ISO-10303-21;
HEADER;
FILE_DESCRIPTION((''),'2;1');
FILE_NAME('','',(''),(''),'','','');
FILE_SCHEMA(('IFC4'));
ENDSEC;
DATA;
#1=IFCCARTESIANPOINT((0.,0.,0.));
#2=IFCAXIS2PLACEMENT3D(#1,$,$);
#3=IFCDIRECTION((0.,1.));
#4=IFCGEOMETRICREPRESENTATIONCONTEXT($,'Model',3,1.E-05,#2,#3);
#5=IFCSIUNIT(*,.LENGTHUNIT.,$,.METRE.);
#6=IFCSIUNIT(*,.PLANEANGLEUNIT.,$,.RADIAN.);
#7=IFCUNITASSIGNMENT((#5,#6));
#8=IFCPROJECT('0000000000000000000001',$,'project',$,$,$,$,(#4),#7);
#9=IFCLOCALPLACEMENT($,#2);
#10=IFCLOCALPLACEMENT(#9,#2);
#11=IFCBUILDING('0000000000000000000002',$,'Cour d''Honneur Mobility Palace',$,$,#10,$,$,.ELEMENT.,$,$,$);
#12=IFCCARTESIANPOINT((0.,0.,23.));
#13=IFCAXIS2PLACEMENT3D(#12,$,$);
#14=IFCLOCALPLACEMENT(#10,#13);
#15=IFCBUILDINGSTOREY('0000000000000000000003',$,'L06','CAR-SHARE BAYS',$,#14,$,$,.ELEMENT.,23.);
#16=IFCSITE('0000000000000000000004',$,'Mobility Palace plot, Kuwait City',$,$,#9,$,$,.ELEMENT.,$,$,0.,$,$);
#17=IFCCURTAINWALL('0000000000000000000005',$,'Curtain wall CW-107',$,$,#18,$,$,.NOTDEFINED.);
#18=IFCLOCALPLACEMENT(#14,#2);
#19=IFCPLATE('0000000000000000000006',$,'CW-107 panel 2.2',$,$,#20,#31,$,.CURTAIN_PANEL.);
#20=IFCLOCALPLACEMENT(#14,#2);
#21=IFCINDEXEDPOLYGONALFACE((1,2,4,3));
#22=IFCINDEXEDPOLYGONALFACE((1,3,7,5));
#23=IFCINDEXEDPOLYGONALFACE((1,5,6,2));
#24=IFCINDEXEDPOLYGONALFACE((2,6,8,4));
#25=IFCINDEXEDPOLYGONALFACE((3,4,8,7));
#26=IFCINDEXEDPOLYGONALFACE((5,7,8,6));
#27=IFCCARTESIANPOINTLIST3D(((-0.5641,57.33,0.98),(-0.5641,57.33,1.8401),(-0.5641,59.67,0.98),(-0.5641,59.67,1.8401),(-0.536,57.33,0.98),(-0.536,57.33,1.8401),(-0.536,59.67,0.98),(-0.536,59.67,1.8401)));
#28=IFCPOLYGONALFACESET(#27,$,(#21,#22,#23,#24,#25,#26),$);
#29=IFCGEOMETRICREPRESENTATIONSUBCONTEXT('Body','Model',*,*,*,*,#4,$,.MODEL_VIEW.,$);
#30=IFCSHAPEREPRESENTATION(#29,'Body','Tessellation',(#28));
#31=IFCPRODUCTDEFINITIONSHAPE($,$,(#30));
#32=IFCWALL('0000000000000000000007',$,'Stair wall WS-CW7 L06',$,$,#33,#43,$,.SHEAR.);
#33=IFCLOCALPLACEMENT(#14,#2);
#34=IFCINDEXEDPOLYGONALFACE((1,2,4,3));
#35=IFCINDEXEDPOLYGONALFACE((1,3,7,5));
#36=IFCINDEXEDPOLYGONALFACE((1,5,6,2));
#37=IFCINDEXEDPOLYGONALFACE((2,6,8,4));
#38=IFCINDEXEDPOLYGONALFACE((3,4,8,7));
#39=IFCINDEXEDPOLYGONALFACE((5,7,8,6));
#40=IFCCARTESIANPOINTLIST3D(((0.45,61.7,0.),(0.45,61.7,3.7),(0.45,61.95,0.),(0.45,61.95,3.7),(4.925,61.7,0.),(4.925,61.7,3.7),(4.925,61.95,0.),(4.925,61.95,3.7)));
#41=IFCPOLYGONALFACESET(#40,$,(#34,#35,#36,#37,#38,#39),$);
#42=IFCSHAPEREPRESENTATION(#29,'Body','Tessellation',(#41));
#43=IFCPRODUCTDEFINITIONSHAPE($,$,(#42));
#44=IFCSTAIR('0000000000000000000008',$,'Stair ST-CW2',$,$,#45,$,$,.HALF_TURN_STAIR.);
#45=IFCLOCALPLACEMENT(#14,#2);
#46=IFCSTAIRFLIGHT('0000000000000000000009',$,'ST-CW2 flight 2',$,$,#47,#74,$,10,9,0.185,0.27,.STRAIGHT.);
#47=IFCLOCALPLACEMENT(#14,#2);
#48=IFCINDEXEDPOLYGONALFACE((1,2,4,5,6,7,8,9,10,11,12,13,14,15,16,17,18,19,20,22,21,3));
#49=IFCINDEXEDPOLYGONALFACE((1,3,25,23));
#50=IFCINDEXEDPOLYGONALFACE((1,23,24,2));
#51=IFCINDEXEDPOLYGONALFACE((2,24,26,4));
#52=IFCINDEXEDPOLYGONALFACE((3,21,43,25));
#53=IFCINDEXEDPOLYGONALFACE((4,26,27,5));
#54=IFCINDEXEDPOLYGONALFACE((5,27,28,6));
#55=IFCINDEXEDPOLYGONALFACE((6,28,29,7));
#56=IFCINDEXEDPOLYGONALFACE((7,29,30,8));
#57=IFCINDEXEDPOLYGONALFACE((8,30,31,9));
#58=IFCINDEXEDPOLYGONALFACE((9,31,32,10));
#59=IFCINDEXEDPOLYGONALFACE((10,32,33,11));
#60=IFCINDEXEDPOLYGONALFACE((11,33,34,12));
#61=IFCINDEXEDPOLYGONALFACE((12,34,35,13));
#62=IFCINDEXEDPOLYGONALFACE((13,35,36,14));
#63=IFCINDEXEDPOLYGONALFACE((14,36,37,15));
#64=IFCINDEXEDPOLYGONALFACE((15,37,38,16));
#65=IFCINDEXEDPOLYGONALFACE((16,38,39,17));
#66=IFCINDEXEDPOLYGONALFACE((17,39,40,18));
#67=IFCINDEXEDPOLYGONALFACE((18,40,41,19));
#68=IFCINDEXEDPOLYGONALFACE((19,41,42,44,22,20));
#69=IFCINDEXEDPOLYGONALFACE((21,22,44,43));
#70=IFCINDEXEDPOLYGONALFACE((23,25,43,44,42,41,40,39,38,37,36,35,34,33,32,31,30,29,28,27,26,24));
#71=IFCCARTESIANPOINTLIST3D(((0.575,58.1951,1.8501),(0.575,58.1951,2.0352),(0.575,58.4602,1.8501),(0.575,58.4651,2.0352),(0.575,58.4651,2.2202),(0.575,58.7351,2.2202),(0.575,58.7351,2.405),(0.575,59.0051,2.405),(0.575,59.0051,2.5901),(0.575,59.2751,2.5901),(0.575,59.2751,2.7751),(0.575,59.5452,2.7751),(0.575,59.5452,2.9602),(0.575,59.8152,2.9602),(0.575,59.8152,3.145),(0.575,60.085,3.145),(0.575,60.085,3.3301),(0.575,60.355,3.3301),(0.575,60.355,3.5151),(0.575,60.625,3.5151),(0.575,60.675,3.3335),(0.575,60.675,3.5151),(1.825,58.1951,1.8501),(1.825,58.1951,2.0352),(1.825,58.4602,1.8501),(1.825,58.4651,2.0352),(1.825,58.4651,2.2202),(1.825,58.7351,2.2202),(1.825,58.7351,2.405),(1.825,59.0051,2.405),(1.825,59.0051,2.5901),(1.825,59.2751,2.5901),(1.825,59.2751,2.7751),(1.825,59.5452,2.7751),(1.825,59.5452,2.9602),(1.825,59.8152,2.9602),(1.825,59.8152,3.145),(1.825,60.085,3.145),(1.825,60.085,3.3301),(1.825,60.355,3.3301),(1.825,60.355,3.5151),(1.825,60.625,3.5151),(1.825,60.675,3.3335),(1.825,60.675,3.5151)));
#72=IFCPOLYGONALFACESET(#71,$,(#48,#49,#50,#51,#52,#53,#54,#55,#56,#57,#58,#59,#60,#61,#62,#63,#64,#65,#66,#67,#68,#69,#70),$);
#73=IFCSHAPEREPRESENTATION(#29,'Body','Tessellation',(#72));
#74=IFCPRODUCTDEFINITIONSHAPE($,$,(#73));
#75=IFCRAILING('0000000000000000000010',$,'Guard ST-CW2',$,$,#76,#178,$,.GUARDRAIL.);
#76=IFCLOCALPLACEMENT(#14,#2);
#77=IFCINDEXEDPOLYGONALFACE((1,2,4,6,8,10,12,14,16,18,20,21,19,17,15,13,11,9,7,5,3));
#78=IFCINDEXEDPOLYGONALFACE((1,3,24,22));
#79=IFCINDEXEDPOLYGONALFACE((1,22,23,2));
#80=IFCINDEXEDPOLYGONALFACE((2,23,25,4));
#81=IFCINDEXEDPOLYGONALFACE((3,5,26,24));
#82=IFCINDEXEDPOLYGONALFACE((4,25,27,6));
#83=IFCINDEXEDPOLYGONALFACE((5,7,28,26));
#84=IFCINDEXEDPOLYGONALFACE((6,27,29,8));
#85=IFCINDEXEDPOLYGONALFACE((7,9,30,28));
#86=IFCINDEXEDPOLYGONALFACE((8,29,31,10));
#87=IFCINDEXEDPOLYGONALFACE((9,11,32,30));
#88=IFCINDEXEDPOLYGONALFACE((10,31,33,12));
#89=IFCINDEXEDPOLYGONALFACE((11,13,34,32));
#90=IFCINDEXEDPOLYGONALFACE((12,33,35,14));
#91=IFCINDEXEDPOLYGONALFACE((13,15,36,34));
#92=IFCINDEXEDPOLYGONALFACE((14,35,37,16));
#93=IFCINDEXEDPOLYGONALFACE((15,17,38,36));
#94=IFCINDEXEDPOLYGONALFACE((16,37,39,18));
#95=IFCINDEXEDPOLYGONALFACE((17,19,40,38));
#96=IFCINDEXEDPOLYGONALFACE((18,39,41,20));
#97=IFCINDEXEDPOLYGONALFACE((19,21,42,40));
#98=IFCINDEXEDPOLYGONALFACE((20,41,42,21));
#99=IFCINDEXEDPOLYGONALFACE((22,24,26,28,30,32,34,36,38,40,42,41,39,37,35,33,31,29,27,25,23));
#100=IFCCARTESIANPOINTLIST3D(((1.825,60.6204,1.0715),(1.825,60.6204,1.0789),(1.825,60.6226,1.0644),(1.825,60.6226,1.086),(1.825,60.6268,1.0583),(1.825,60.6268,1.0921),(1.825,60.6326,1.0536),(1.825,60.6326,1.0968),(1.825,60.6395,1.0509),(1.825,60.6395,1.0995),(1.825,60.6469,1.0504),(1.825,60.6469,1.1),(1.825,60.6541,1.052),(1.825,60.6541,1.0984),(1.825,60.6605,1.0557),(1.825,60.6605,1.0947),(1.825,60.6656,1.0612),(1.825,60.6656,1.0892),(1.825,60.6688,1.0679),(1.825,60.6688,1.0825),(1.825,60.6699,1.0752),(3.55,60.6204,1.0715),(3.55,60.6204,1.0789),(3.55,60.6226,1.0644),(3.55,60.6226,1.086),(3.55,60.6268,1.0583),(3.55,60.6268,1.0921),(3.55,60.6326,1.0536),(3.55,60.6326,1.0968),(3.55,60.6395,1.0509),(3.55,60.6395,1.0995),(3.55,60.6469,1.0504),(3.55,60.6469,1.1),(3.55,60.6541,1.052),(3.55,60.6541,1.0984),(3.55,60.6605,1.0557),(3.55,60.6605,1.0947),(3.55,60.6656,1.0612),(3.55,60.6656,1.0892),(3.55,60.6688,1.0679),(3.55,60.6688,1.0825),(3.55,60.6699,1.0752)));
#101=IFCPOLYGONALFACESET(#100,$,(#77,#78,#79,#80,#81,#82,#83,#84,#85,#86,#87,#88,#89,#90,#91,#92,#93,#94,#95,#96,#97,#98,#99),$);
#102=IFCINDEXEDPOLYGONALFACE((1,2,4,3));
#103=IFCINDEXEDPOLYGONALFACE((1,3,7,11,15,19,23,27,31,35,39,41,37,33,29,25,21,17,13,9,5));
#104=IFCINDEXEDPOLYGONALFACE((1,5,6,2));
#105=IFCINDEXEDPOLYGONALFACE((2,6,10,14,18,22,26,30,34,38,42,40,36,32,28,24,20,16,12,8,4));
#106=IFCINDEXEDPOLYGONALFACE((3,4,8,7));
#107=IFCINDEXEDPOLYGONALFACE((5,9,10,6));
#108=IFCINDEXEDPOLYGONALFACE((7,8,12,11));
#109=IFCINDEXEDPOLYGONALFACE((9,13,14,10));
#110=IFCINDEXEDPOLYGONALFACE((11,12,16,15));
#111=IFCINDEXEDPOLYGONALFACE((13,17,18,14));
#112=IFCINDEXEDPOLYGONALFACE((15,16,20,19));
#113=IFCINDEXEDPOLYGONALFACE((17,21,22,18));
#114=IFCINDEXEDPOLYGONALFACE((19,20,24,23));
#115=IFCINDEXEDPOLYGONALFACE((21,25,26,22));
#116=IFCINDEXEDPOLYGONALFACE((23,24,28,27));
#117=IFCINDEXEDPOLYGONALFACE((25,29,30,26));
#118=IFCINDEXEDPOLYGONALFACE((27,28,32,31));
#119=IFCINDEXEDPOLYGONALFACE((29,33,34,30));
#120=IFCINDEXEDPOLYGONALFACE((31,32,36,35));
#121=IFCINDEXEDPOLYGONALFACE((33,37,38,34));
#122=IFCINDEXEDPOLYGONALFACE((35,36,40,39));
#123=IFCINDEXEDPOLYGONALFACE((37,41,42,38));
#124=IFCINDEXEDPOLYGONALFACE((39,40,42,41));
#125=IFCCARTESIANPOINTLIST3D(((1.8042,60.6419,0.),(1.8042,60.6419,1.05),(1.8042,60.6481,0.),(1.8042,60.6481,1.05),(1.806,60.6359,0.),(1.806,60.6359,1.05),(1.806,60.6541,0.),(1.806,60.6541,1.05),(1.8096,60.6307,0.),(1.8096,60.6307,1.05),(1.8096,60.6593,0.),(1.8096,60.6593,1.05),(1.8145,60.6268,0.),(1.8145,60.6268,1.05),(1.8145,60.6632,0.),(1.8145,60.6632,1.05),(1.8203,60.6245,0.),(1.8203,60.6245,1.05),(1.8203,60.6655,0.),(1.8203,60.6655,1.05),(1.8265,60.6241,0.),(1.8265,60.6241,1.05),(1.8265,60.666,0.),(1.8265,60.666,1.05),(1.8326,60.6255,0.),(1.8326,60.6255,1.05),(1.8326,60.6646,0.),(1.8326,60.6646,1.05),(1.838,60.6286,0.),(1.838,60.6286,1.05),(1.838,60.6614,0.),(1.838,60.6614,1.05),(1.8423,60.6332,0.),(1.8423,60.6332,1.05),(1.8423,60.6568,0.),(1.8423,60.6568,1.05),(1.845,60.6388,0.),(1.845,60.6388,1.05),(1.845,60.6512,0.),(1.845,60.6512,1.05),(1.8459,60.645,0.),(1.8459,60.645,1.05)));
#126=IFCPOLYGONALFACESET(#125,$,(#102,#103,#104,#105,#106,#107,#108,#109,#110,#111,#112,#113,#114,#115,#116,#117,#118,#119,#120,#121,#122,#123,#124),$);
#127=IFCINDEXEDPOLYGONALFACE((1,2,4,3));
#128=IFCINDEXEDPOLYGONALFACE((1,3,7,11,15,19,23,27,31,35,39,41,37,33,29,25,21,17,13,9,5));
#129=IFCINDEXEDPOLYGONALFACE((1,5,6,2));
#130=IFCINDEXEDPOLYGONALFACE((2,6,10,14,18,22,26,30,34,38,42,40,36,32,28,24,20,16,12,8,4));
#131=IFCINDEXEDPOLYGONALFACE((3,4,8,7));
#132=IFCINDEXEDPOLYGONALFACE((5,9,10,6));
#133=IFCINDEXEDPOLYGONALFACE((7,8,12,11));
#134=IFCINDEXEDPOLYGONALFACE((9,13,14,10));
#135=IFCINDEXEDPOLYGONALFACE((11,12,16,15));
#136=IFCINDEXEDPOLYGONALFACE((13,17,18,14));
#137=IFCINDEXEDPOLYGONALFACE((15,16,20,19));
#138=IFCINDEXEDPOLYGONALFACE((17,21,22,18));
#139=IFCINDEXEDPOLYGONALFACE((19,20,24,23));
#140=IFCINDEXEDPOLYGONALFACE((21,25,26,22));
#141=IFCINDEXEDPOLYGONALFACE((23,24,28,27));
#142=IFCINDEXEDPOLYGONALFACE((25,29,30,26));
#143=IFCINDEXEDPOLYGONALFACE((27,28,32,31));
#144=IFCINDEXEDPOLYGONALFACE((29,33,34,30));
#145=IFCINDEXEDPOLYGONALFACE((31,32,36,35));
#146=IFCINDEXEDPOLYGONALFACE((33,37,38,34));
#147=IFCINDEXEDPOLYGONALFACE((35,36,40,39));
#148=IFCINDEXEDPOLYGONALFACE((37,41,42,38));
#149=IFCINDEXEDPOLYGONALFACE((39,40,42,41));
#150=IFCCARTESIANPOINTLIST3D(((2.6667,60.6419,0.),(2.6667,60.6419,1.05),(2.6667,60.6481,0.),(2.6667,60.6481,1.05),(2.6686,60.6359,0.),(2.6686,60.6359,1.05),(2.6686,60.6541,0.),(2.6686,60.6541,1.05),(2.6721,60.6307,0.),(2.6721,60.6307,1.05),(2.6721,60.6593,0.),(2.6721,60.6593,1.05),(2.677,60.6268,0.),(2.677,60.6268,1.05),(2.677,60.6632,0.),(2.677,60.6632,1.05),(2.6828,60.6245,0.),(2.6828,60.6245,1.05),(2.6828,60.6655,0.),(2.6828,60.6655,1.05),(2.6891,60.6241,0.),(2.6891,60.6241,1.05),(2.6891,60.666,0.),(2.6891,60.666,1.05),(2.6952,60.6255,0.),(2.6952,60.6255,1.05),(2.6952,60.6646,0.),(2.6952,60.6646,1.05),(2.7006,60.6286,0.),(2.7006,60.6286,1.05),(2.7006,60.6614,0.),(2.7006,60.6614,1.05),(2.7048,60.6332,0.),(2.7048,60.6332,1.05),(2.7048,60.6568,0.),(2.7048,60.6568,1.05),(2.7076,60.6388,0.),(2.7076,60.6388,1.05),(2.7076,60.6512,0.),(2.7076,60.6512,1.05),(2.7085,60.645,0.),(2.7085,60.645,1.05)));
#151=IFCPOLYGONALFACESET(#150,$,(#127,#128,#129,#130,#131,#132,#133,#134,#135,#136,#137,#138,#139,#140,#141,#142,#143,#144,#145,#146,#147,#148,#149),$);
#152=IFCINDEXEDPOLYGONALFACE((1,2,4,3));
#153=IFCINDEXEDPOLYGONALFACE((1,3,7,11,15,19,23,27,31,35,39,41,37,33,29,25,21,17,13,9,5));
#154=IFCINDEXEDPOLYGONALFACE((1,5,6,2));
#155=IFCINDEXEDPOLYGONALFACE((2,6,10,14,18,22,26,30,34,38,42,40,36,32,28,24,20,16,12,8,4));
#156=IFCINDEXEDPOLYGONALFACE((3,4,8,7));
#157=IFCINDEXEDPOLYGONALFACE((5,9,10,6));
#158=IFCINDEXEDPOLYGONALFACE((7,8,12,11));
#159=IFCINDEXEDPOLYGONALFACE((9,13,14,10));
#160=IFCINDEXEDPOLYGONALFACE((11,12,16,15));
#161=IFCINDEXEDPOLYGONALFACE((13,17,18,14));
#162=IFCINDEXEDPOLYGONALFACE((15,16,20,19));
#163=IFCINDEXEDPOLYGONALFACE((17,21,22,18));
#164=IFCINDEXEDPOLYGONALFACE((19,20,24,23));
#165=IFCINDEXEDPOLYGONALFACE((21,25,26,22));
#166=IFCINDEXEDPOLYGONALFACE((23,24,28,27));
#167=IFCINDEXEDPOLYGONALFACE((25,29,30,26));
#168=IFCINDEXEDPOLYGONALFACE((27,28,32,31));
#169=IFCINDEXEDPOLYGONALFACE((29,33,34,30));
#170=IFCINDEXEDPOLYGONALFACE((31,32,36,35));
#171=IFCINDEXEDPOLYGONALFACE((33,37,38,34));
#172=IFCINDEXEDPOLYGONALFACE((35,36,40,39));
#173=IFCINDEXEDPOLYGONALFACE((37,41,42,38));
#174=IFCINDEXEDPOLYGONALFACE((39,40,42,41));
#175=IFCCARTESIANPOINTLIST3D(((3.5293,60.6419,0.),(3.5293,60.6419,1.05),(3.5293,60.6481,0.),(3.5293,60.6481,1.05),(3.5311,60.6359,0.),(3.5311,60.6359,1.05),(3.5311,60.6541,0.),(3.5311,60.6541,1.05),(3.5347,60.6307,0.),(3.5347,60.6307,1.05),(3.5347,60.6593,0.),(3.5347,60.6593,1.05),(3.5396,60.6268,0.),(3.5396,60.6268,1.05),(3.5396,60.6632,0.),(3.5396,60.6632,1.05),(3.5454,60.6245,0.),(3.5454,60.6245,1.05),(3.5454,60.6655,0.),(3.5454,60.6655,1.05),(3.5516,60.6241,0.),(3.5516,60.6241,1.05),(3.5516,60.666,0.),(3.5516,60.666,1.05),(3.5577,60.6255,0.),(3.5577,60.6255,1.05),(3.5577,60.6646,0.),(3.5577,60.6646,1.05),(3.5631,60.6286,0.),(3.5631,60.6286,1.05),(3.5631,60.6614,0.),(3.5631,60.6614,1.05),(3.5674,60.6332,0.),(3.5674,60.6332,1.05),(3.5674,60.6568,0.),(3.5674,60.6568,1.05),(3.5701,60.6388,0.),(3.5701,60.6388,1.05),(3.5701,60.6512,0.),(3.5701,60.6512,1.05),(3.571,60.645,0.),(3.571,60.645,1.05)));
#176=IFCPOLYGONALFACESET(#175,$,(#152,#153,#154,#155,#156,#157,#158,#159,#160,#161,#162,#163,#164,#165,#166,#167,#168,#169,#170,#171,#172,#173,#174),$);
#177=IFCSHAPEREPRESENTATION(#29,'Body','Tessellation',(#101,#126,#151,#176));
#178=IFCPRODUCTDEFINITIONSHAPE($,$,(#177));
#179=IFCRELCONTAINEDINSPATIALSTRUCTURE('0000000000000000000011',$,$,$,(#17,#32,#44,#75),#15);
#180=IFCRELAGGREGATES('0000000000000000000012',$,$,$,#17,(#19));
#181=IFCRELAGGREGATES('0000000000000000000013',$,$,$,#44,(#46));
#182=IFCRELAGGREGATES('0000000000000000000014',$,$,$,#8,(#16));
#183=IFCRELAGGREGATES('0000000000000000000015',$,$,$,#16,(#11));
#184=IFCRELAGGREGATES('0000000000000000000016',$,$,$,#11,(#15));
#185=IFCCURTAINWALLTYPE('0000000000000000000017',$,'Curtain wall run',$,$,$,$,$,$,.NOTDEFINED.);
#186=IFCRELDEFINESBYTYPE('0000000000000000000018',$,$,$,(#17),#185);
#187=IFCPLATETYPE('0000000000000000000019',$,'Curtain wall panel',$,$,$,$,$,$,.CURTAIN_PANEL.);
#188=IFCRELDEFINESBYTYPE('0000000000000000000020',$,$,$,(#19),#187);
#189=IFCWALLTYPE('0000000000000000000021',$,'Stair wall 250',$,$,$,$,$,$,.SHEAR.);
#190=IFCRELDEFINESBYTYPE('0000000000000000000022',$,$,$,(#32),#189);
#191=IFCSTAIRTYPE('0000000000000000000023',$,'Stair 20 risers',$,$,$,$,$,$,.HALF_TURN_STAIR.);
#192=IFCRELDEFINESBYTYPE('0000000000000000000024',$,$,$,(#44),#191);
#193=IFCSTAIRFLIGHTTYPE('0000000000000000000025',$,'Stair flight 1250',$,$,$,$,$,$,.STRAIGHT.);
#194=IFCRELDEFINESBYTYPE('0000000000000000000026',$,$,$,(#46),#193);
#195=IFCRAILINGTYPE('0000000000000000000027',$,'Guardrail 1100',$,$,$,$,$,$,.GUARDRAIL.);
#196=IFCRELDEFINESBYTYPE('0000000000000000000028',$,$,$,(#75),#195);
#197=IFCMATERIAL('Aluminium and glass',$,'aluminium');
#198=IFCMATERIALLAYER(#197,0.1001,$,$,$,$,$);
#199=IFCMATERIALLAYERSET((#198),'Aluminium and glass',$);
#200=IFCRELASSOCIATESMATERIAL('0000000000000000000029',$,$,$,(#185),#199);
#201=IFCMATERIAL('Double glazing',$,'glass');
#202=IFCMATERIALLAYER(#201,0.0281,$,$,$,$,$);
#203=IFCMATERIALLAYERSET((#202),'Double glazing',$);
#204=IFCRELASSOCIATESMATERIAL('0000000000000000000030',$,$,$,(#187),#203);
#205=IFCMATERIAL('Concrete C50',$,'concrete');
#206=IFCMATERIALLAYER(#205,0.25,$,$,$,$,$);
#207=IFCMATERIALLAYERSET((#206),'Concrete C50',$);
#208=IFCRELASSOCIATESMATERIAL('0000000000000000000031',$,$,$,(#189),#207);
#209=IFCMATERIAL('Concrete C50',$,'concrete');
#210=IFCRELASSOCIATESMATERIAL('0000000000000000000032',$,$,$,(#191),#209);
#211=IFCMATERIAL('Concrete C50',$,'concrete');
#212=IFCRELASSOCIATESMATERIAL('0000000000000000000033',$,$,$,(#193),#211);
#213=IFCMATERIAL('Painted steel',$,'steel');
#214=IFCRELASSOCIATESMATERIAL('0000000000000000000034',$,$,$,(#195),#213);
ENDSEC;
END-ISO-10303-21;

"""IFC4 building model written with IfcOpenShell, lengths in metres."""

from ifc_helpers import new_model, si_unit, direction, frame, frame_2d, origin, origin_2d, place, context, subcontext, project, spatial, polyline, rectangle, circle, outline, extrude, material, layer, layer_set, type_object, element, aggregate, save


model = new_model("IFC4")

# Units and contexts
model_context = context("Model", 3, precision=1e-05, world=origin(), true_north=direction((0.0, 1.0)))
body_context = subcontext(model_context, "Body", "Model", "MODEL_VIEW")
ifc_project = project(units=[si_unit("LENGTHUNIT", "METRE"), si_unit("PLANEANGLEUNIT", "RADIAN")], contexts=[model_context])

# Site, building, storey
site_placement = place(None, origin())
site = spatial("IfcSite", under=ifc_project, at=site_placement, Name="Mobility Palace plot, Kuwait City", CompositionType="ELEMENT", RefElevation=0.0)
building_placement = place(site_placement, origin())
building = spatial("IfcBuilding", under=site, at=building_placement, Name="Cour d'Honneur Mobility Palace", CompositionType="ELEMENT")
storey_placement = place(building_placement, frame((0.0, 0.0, 23.0)))
storey = spatial("IfcBuildingStorey", under=building, at=storey_placement, Name="L06", Description="CAR-SHARE BAYS", CompositionType="ELEMENT", Elevation=23.0)

# Shared definitions
ifc_material_1 = material(Name="Aluminium and glass", Category="aluminium")
ifc_layer_1 = layer(ifc_material_1, 0.1001)
ifc_layer_set_1 = layer_set([ifc_layer_1], Name="Aluminium and glass")
curtain_wall_type = type_object("IfcCurtainWallType", Name="Curtain wall run", PredefinedType="NOTDEFINED", material=ifc_layer_set_1)

# Curtain wall
curtain_wall_1_placement = place(storey_placement, origin())
curtain_wall_1 = element("IfcCurtainWall", 1, at=curtain_wall_1_placement, inside=storey, type_object=curtain_wall_type, Name="Curtain wall CW-107", PredefinedType="NOTDEFINED")

# Plate
ifc_material_2 = material(Name="Double glazing", Category="glass")
ifc_layer_2 = layer(ifc_material_2, 0.0281)
ifc_layer_set_2 = layer_set([ifc_layer_2], Name="Double glazing")
plate_type = type_object("IfcPlateType", Name="Curtain wall panel", PredefinedType="CURTAIN_PANEL", material=ifc_layer_set_2)
plate_1_placement = place(storey_placement, frame((-0.55, 58.5, 0.98), z_axis=(0.0, 0.0, 1.0), x_axis=(0.0, -1.0, 0.0)))
plate_1 = element("IfcPlate", 2, at=plate_1_placement, type_object=plate_type, Name="CW-107 panel 2.2", PredefinedType="CURTAIN_PANEL", context=body_context, shape_type="SweptSolid", body=[
    extrude(rectangle(XDim=2.3401, YDim=0.0281, at=origin_2d()), origin(), (0.0, 0.0, 1.0), 0.8601),
])
aggregate(curtain_wall_1, [plate_1])

# Wall
ifc_material_3 = material(Name="Concrete C50", Category="concrete")
ifc_layer_3 = layer(ifc_material_3, 0.25)
ifc_layer_set_3 = layer_set([ifc_layer_3], Name="Concrete C50")
wall_type = type_object("IfcWallType", Name="Stair wall 250", PredefinedType="SHEAR", material=ifc_layer_set_3)
wall_placement = place(storey_placement, frame((0.45, 61.825, 0.0), z_axis=(0.0, 0.0, 1.0), x_axis=(1.0, 0.0, 0.0)))
element("IfcWall", 3, at=wall_placement, inside=storey, type_object=wall_type, Name="Stair wall WS-CW7 L06", PredefinedType="SHEAR", context=body_context, shape_type="SweptSolid", body=[
    extrude(rectangle(XDim=4.4751, YDim=0.25, at=frame_2d((2.2375, 0.0))), origin(), (0.0, 0.0, 1.0), 3.7),
])

# Stair, stair flight
ifc_material_4 = material(Name="Concrete C50", Category="concrete")
stair_type = type_object("IfcStairType", Name="Stair 20 risers", PredefinedType="HALF_TURN_STAIR", material=ifc_material_4)
stair_placement = place(storey_placement, origin())
stair = element("IfcStair", 4, at=stair_placement, inside=storey, type_object=stair_type, Name="Stair ST-CW2", PredefinedType="HALF_TURN_STAIR")
ifc_material_5 = material(Name="Concrete C50", Category="concrete")
stair_flight_type = type_object("IfcStairFlightType", Name="Stair flight 1250", PredefinedType="STRAIGHT", material=ifc_material_5)
stair_flight_placement = place(storey_placement, frame((1.2, 58.1951, 1.8501), z_axis=(0.0, 0.0, 1.0), x_axis=(0.0, 1.0, 0.0)))
stair_flight = element("IfcStairFlight", 5, at=stair_flight_placement, type_object=stair_flight_type, Name="ST-CW2 flight 2", NumberOfRisers=10, NumberOfTreads=9, PredefinedType="STRAIGHT", RiserHeight=0.185, TreadLength=0.27, context=body_context, shape_type="SweptSolid", body=[
    extrude(outline(polyline([(0.0, 0.0), (0.0, 0.1851), (0.27, 0.1851), (0.27, 0.3701), (0.54, 0.3701), (0.54, 0.5549), (0.8101, 0.5549), (0.8101, 0.74), (1.0801, 0.74), (1.0801, 0.925), (1.3501, 0.925), (1.3501, 1.1101), (1.6201, 1.1101), (1.6201, 1.2949), (1.8899, 1.2949), (1.8899, 1.48), (2.1599, 1.48), (2.1599, 1.665), (2.4299, 1.665), (2.48, 1.665), (2.48, 1.4834), (0.2651, 0.0), (0.0, 0.0)])), frame((0.0, 0.625, 0.0), z_axis=(0.0, -1.0, 0.0), x_axis=(1.0, 0.0, 0.0)), (0.0, 0.0, 1.0), 1.25),
])
aggregate(stair, [stair_flight])

# Railing
ifc_material_6 = material(Name="Painted steel", Category="steel")
railing_type_1 = type_object("IfcRailingType", Name="Guardrail 1100", PredefinedType="GUARDRAIL", material=ifc_material_6)
for number, where, name in (
    (6, (1.825, 60.645, 0.0), "Guard ST-CW2"),
):
    element("IfcRailing", number, at=place(storey_placement, frame(where)), inside=storey, type_object=railing_type_1, Name=name, PredefinedType="GUARDRAIL", context=body_context, shape_type="SweptSolid", body=[
        extrude(circle(Radius=0.0249, at=origin_2d()), frame((0.0, 0.0, 1.0752), z_axis=(1.0, 0.0, 0.0), x_axis=(0.0, 1.0, 0.0)), (0.0, 0.0, 1.0), 1.7251),
        extrude(circle(Radius=0.021, at=origin_2d()), origin(), (0.0, 0.0, 1.0), 1.05),
        extrude(circle(Radius=0.021, at=origin_2d()), frame((0.8625, 0.0, 0.0)), (0.0, 0.0, 1.0), 1.05),
        extrude(circle(Radius=0.021, at=origin_2d()), frame((1.7251, 0.0, 0.0)), (0.0, 0.0, 1.0), 1.05),
    ])

save(model, "model.ifc")
